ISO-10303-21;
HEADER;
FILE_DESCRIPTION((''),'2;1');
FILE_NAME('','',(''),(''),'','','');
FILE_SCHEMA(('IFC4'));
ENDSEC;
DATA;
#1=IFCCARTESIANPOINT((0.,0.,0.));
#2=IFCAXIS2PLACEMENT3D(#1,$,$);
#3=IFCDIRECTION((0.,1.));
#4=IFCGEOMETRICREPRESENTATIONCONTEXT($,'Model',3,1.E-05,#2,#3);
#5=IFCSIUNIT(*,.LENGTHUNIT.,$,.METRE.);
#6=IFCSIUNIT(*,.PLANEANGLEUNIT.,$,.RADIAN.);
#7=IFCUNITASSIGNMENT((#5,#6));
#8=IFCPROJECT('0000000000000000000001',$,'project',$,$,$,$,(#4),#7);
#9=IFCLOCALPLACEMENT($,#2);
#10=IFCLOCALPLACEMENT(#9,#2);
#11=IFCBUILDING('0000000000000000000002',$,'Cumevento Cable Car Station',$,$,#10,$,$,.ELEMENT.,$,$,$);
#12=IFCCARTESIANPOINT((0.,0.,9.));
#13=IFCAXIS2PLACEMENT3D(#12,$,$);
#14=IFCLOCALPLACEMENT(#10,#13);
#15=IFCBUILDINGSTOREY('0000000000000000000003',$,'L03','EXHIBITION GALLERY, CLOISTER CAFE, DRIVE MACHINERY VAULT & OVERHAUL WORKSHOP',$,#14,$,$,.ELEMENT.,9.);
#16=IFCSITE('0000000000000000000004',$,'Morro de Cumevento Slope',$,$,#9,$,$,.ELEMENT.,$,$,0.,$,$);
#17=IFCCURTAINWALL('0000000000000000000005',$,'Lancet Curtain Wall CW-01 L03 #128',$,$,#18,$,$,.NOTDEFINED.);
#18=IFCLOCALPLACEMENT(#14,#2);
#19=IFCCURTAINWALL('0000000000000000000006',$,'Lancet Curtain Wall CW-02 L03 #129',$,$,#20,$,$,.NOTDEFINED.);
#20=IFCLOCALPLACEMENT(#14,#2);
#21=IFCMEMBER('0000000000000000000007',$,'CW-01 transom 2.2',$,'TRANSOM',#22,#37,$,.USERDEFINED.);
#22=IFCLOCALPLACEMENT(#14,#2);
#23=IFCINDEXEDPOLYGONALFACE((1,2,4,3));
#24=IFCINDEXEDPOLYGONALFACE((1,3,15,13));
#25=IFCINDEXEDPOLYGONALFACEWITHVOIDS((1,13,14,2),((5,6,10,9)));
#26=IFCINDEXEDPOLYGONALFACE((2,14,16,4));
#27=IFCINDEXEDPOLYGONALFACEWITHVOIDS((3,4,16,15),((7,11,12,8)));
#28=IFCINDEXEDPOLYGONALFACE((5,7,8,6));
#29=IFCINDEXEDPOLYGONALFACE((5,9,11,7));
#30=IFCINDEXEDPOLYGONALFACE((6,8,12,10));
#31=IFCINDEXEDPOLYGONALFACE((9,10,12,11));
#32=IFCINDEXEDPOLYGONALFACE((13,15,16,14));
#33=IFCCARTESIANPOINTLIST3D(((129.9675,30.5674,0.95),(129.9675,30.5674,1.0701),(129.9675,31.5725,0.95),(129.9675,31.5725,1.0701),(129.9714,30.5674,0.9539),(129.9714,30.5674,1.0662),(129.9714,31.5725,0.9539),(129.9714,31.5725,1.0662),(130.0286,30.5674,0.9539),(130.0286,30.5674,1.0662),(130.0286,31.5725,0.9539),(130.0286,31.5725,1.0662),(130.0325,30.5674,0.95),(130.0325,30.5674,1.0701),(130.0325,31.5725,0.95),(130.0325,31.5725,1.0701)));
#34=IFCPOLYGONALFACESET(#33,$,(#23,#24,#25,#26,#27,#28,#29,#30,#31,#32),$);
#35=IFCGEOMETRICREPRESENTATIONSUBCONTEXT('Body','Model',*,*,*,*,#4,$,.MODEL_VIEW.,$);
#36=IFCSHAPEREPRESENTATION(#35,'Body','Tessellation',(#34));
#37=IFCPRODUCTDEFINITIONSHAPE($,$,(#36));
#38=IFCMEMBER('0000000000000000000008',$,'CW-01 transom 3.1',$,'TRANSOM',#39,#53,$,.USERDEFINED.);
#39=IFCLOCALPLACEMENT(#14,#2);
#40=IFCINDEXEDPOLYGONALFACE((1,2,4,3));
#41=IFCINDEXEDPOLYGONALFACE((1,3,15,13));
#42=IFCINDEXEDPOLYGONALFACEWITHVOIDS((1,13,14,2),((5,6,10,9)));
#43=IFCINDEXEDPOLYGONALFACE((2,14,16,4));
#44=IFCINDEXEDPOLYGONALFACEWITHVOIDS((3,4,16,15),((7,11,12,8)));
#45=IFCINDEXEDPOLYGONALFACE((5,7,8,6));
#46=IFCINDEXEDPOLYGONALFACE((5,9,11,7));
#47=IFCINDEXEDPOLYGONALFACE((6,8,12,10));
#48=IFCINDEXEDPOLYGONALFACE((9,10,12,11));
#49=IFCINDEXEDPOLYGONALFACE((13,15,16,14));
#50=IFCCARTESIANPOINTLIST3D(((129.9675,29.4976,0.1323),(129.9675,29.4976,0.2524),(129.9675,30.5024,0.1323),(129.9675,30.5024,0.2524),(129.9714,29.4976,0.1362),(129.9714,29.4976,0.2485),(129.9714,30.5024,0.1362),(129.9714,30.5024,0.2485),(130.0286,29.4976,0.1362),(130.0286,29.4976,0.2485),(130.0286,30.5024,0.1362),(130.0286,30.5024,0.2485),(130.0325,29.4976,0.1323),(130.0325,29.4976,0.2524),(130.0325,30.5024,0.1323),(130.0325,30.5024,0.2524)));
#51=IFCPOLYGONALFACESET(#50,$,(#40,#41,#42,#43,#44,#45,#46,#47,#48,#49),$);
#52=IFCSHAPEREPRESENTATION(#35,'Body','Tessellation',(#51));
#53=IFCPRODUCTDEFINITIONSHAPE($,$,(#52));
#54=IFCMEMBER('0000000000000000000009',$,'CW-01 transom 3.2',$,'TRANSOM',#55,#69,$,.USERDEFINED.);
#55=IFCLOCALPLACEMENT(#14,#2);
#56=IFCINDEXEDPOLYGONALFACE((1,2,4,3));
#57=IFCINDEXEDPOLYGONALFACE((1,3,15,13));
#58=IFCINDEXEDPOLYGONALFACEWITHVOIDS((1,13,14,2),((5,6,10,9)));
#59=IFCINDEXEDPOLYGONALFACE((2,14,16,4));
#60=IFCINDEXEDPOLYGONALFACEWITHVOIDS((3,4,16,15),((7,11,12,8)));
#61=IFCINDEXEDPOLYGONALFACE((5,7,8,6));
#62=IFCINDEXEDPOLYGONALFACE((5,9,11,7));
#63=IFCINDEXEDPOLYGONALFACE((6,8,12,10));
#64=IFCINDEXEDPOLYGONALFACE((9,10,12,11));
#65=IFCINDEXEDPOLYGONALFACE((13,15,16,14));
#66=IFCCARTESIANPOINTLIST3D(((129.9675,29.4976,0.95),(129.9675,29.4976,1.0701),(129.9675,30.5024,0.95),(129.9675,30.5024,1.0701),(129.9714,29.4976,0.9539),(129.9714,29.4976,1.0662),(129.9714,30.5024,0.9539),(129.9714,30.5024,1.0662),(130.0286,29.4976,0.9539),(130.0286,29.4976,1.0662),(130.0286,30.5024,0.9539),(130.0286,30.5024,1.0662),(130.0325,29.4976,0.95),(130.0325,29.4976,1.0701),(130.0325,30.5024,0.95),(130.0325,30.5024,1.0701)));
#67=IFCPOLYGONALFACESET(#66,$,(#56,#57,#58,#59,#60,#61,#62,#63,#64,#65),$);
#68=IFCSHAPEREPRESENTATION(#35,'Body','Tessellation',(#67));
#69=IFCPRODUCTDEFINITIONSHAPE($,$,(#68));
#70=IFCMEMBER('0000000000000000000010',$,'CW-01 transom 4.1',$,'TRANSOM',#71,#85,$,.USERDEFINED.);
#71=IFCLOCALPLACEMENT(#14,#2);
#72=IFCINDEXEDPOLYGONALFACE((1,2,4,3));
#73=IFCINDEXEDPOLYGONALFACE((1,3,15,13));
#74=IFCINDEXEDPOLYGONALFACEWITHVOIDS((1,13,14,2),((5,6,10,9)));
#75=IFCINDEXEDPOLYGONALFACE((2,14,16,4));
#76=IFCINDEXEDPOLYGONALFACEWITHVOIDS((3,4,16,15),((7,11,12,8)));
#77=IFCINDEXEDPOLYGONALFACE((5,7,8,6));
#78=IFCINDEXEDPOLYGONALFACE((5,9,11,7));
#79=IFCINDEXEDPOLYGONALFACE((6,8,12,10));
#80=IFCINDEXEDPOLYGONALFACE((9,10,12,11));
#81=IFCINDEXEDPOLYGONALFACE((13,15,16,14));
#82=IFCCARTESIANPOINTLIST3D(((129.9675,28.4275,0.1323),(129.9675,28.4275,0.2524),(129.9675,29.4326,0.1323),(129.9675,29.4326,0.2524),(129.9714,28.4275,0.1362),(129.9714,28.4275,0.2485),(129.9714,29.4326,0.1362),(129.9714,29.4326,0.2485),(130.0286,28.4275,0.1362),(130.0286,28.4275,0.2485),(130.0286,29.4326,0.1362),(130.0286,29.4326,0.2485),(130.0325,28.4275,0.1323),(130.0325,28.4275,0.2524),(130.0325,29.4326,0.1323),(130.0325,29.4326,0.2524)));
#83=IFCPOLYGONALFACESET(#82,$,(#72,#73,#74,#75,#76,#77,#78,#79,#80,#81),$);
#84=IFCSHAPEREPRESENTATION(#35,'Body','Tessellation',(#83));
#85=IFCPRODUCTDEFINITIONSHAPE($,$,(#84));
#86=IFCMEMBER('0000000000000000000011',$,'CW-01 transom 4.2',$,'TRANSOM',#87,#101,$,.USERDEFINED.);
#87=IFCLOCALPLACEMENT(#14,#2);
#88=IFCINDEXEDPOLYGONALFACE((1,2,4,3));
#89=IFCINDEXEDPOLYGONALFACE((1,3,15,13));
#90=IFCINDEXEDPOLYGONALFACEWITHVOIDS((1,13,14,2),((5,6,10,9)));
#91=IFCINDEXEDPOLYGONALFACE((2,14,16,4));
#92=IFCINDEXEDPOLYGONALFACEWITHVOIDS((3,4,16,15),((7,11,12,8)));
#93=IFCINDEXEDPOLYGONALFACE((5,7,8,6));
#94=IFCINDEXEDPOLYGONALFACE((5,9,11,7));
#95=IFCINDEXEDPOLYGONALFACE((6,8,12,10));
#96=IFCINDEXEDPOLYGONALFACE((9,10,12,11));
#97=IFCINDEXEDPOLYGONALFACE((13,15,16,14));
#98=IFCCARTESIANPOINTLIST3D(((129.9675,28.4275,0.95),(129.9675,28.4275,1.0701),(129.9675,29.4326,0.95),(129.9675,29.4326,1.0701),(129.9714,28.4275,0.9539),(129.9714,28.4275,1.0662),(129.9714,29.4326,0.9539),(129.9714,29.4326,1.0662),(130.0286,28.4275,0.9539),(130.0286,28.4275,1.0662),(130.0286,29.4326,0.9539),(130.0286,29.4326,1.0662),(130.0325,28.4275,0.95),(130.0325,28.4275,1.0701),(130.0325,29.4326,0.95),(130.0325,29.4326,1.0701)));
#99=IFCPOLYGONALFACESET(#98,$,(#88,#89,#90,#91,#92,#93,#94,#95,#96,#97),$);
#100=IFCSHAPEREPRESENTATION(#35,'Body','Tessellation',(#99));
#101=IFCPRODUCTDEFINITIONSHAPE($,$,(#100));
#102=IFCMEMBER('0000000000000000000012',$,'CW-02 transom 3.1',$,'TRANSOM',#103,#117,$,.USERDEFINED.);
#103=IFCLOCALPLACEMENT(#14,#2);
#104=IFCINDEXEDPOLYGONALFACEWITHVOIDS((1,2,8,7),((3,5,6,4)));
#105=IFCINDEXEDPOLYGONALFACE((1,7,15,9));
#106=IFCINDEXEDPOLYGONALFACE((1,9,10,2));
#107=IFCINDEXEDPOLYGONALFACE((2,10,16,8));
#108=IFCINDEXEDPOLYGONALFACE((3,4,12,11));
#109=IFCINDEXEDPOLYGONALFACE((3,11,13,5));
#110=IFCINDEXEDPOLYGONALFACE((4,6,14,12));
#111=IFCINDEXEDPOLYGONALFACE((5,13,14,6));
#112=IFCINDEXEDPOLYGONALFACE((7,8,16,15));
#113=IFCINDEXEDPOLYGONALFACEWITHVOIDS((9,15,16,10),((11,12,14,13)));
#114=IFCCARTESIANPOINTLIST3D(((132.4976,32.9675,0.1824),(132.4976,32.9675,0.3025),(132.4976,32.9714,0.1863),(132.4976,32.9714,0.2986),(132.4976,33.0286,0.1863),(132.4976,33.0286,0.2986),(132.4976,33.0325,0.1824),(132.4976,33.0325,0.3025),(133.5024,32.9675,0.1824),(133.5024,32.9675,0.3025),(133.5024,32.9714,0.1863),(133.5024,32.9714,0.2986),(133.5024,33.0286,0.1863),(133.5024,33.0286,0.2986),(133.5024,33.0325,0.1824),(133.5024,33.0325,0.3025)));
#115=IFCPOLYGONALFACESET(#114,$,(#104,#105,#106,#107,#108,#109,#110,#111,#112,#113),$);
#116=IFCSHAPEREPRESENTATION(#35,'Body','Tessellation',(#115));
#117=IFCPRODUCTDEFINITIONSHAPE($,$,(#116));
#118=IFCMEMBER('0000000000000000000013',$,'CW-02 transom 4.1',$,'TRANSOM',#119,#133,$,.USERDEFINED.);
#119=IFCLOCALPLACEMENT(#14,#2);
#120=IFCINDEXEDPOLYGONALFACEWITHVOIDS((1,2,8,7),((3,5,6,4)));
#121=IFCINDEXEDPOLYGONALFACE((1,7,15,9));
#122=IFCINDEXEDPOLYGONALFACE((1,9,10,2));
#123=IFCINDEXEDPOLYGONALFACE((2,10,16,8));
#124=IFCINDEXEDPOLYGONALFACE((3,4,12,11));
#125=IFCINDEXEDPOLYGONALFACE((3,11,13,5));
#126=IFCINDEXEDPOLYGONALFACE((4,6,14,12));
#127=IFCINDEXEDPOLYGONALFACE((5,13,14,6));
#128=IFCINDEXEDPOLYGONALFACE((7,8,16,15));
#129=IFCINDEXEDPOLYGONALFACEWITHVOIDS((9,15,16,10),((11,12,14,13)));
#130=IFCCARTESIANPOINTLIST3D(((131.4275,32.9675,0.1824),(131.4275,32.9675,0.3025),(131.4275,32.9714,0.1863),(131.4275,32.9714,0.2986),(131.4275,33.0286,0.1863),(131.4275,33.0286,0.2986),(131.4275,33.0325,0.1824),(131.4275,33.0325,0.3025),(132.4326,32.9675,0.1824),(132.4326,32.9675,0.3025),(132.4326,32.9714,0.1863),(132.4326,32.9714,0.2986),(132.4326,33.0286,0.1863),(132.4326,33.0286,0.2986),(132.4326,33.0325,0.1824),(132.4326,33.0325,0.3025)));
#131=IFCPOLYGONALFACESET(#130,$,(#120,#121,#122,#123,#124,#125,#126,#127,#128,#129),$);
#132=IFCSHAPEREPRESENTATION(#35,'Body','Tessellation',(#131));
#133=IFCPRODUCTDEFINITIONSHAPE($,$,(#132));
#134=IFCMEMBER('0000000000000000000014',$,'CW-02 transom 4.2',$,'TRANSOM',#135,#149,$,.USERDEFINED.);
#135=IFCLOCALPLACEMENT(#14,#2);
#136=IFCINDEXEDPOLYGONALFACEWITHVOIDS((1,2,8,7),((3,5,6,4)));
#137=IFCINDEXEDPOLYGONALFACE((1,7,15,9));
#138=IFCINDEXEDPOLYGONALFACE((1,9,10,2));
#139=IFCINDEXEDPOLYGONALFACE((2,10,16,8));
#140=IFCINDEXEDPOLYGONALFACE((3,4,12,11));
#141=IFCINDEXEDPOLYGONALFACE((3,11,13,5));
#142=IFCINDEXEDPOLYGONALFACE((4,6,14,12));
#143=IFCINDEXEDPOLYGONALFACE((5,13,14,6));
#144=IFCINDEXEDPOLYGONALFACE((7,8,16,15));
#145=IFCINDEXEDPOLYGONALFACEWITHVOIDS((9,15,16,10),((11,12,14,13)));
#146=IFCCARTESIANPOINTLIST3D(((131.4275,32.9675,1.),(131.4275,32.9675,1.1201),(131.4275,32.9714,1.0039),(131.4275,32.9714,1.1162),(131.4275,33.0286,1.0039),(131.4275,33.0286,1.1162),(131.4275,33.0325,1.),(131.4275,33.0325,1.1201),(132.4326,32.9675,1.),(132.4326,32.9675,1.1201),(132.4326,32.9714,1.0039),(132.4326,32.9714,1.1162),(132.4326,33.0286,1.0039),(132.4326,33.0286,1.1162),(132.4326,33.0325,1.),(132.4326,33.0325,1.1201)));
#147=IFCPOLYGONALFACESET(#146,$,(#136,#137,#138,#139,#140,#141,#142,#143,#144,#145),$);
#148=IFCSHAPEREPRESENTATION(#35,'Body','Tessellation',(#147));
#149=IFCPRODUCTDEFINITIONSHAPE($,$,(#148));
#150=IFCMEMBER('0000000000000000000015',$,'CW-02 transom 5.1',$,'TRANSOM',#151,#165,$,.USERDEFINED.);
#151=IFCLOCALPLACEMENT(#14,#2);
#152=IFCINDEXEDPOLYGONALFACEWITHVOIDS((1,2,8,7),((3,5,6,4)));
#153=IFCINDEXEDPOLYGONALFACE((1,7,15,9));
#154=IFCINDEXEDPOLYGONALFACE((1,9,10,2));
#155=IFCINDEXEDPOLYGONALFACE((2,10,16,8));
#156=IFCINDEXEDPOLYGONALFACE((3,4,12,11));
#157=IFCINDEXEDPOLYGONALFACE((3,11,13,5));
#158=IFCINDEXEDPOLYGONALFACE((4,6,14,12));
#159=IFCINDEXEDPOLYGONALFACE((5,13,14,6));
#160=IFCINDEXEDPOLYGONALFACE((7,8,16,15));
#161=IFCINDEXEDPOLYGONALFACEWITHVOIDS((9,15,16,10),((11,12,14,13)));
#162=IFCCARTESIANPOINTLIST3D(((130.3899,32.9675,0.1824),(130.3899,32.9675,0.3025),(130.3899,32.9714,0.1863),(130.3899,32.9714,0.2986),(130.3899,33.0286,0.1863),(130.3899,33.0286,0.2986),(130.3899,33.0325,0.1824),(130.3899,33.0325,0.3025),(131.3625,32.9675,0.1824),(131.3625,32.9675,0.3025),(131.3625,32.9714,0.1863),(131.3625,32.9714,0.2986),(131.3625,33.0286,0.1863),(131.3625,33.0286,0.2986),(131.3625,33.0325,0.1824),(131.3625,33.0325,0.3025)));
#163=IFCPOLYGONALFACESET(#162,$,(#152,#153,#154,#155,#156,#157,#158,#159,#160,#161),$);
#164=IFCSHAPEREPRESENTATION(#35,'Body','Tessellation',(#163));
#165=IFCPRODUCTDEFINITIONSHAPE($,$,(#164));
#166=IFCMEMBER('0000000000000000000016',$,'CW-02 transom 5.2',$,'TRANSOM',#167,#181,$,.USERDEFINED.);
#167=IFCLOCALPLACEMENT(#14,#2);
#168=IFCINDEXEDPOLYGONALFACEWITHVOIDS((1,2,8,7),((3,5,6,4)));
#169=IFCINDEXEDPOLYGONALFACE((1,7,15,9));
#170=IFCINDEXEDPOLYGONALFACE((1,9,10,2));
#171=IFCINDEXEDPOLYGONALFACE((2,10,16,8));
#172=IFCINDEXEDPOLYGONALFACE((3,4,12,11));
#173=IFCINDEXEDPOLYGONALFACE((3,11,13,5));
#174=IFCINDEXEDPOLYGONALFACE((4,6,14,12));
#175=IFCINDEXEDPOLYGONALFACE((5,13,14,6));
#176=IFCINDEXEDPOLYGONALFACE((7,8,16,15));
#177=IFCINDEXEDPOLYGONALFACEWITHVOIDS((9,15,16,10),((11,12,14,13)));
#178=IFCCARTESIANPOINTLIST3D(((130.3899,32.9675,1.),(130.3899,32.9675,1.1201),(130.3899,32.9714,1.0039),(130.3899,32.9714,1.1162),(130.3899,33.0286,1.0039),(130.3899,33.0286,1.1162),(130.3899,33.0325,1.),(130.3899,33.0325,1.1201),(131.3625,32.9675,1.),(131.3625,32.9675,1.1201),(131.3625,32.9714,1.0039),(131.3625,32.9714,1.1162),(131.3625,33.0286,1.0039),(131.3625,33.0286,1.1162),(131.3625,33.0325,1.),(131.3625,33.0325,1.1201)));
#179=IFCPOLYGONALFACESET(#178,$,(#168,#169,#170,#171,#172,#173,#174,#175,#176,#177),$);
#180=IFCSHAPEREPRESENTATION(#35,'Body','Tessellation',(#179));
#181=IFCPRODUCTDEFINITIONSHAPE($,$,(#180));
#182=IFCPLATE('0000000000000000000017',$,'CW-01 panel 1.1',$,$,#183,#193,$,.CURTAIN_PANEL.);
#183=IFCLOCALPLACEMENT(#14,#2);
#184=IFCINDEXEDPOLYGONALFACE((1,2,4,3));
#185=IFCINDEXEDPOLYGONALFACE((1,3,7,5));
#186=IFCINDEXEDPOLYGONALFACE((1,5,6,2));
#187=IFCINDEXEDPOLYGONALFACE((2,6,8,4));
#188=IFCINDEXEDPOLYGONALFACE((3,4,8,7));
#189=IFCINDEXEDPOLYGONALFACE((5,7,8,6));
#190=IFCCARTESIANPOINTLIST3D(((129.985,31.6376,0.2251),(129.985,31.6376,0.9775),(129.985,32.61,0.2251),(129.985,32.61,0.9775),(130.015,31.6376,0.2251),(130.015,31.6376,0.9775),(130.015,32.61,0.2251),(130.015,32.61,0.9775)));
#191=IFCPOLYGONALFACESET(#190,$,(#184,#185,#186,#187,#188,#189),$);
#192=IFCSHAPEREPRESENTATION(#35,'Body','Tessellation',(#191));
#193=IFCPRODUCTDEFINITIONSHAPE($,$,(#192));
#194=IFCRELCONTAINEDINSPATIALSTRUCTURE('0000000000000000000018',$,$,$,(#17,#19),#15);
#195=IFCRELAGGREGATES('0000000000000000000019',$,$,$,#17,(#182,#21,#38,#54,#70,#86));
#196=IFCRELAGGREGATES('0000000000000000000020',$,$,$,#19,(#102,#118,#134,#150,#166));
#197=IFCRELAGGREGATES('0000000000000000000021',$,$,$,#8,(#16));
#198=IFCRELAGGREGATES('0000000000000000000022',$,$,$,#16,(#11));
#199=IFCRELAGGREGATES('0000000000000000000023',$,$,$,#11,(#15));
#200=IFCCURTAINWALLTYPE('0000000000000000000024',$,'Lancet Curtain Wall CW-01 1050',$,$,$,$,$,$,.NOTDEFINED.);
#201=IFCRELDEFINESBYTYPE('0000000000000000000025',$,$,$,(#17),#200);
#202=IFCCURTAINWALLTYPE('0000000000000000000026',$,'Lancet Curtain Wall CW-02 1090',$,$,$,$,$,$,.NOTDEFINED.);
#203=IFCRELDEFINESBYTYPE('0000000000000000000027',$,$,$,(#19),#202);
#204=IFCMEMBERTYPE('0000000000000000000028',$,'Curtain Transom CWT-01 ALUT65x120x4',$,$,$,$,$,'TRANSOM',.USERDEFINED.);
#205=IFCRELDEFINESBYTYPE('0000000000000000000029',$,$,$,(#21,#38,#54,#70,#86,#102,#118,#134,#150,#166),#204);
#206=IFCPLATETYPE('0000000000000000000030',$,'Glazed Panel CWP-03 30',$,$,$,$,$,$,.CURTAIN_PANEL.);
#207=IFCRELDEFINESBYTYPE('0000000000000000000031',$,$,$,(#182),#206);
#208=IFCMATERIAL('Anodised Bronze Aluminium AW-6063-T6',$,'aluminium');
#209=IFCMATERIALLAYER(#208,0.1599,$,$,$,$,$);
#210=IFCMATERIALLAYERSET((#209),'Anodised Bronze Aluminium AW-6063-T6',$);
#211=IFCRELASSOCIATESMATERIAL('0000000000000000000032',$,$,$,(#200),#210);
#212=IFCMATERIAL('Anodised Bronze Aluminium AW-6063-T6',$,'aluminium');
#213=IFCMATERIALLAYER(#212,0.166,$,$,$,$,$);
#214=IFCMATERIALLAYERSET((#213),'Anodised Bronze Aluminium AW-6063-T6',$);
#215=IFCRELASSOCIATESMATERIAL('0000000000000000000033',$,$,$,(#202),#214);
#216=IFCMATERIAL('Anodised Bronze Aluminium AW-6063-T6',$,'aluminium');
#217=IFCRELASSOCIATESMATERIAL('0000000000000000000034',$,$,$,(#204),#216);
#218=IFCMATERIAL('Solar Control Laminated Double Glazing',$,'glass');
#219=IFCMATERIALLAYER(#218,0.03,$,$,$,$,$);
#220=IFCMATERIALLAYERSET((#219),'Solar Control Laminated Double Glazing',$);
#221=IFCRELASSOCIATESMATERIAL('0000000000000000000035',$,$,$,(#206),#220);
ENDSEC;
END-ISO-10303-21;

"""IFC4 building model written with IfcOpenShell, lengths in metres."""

from ifc_helpers import new_model, si_unit, direction, frame, origin, origin_2d, place, context, subcontext, project, spatial, rectangle, hollow_rectangle, extrude, material, layer, layer_set, material_profile, profile_set, type_object, element, aggregate, save


model = new_model("IFC4")

# Units and contexts
model_context = context("Model", 3, precision=1e-05, world=origin(), true_north=direction((0.0, 1.0)))
body_context = subcontext(model_context, "Body", "Model", "MODEL_VIEW")
ifc_project = project(units=[si_unit("LENGTHUNIT", "METRE"), si_unit("PLANEANGLEUNIT", "RADIAN")], contexts=[model_context])

# Site, building, storey
site_placement = place(None, origin())
site = spatial("IfcSite", under=ifc_project, at=site_placement, Name="Morro de Cumevento Slope", CompositionType="ELEMENT", RefElevation=0.0)
building_placement = place(site_placement, origin())
building = spatial("IfcBuilding", under=site, at=building_placement, Name="Cumevento Cable Car Station", CompositionType="ELEMENT")
storey_placement = place(building_placement, frame((0.0, 0.0, 9.0)))
storey = spatial("IfcBuildingStorey", under=building, at=storey_placement, Name="L03", Description="EXHIBITION GALLERY, CLOISTER CAFE, DRIVE MACHINERY VAULT & OVERHAUL WORKSHOP", CompositionType="ELEMENT", Elevation=9.0)

# Curtain walls
ifc_material_1 = material(Name="Anodised Bronze Aluminium AW-6063-T6", Category="aluminium")
ifc_layer_1 = layer(ifc_material_1, 0.1599)
ifc_layer_set_1 = layer_set([ifc_layer_1], Name="Anodised Bronze Aluminium AW-6063-T6")
curtain_wall_type_1 = type_object("IfcCurtainWallType", Name="Lancet Curtain Wall CW-01 1050", PredefinedType="NOTDEFINED", material=ifc_layer_set_1)
curtain_wall_1_placement = place(storey_placement, origin())
curtain_wall_1 = element("IfcCurtainWall", 1, at=curtain_wall_1_placement, inside=storey, type_object=curtain_wall_type_1, Name="Lancet Curtain Wall CW-01 L03 #128", PredefinedType="NOTDEFINED")
ifc_material_2 = material(Name="Anodised Bronze Aluminium AW-6063-T6", Category="aluminium")
ifc_layer_2 = layer(ifc_material_2, 0.166)
ifc_layer_set_2 = layer_set([ifc_layer_2], Name="Anodised Bronze Aluminium AW-6063-T6")
curtain_wall_type_2 = type_object("IfcCurtainWallType", Name="Lancet Curtain Wall CW-02 1090", PredefinedType="NOTDEFINED", material=ifc_layer_set_2)
curtain_wall_2_placement = place(storey_placement, origin())
curtain_wall_2 = element("IfcCurtainWall", 2, at=curtain_wall_2_placement, inside=storey, type_object=curtain_wall_type_2, Name="Lancet Curtain Wall CW-02 L03 #129", PredefinedType="NOTDEFINED")

# Members
ifc_material_3 = material(Name="Anodised Bronze Aluminium AW-6063-T6", Category="aluminium")
ifc_material_profile_1 = material_profile(ifc_material_3, hollow_rectangle(XDim=0.0649, YDim=0.1201, WallThickness=0.0039, at=origin_2d()), Name="ALUT65x120x4")
ifc_profile_set_1 = profile_set([ifc_material_profile_1], Name="Anodised Bronze Aluminium AW-6063-T6")
member_type_1 = type_object("IfcMemberType", Name="Curtain Transom CWT-01 ALUT65x120x4", ElementType="TRANSOM", PredefinedType="USERDEFINED", material=ifc_profile_set_1)
member_1_placement = place(storey_placement, frame((130.0, 31.5725, 1.01), z_axis=(0.0, -1.0, 0.0), x_axis=(1.0, 0.0, 0.0)))
member_1 = element("IfcMember", 3, at=member_1_placement, type_object=member_type_1, Name="CW-01 transom 2.2", ObjectType="TRANSOM", PredefinedType="USERDEFINED", context=body_context, shape_type="SweptSolid", body=[
    extrude(hollow_rectangle(XDim=0.0649, YDim=0.1201, WallThickness=0.0039, at=origin_2d()), origin(), (0.0, 0.0, 1.0), 1.0051),
])
member_2_placement = place(storey_placement, frame((130.0, 30.5024, 0.1924), z_axis=(0.0, -1.0, 0.0), x_axis=(1.0, 0.0, 0.0)))
member_2 = element("IfcMember", 4, at=member_2_placement, type_object=member_type_1, Name="CW-01 transom 3.1", ObjectType="TRANSOM", PredefinedType="USERDEFINED", context=body_context, shape_type="SweptSolid", body=[
    extrude(hollow_rectangle(XDim=0.0649, YDim=0.1201, WallThickness=0.0039, at=origin_2d()), origin(), (0.0, 0.0, 1.0), 1.0049),
])
member_3_placement = place(storey_placement, frame((130.0, 30.5024, 1.01), z_axis=(0.0, -1.0, 0.0), x_axis=(1.0, 0.0, 0.0)))
member_3 = element("IfcMember", 5, at=member_3_placement, type_object=member_type_1, Name="CW-01 transom 3.2", ObjectType="TRANSOM", PredefinedType="USERDEFINED", context=body_context, shape_type="SweptSolid", body=[
    extrude(hollow_rectangle(XDim=0.0649, YDim=0.1201, WallThickness=0.0039, at=origin_2d()), origin(), (0.0, 0.0, 1.0), 1.0049),
])
member_4_placement = place(storey_placement, frame((130.0, 29.4326, 0.1924), z_axis=(0.0, -1.0, 0.0), x_axis=(1.0, 0.0, 0.0)))
member_4 = element("IfcMember", 6, at=member_4_placement, type_object=member_type_1, Name="CW-01 transom 4.1", ObjectType="TRANSOM", PredefinedType="USERDEFINED", context=body_context, shape_type="SweptSolid", body=[
    extrude(hollow_rectangle(XDim=0.0649, YDim=0.1201, WallThickness=0.0039, at=origin_2d()), origin(), (0.0, 0.0, 1.0), 1.0051),
])
member_5_placement = place(storey_placement, frame((130.0, 29.4326, 1.01), z_axis=(0.0, -1.0, 0.0), x_axis=(1.0, 0.0, 0.0)))
member_5 = element("IfcMember", 7, at=member_5_placement, type_object=member_type_1, Name="CW-01 transom 4.2", ObjectType="TRANSOM", PredefinedType="USERDEFINED", context=body_context, shape_type="SweptSolid", body=[
    extrude(hollow_rectangle(XDim=0.0649, YDim=0.1201, WallThickness=0.0039, at=origin_2d()), origin(), (0.0, 0.0, 1.0), 1.0051),
])
member_6_placement = place(storey_placement, frame((133.5024, 33.0, 0.2424), z_axis=(-1.0, 0.0, 0.0), x_axis=(0.0, -1.0, 0.0)))
member_6 = element("IfcMember", 8, at=member_6_placement, type_object=member_type_1, Name="CW-02 transom 3.1", ObjectType="TRANSOM", PredefinedType="USERDEFINED", context=body_context, shape_type="SweptSolid", body=[
    extrude(hollow_rectangle(XDim=0.0649, YDim=0.1201, WallThickness=0.0039, at=origin_2d()), origin(), (0.0, 0.0, 1.0), 1.0049),
])
member_7_placement = place(storey_placement, frame((132.4326, 33.0, 0.2424), z_axis=(-1.0, 0.0, 0.0), x_axis=(0.0, -1.0, 0.0)))
member_7 = element("IfcMember", 9, at=member_7_placement, type_object=member_type_1, Name="CW-02 transom 4.1", ObjectType="TRANSOM", PredefinedType="USERDEFINED", context=body_context, shape_type="SweptSolid", body=[
    extrude(hollow_rectangle(XDim=0.0649, YDim=0.1201, WallThickness=0.0039, at=origin_2d()), origin(), (0.0, 0.0, 1.0), 1.0051),
])
member_8_placement = place(storey_placement, frame((132.4326, 33.0, 1.0601), z_axis=(-1.0, 0.0, 0.0), x_axis=(0.0, -1.0, 0.0)))
member_8 = element("IfcMember", 10, at=member_8_placement, type_object=member_type_1, Name="CW-02 transom 4.2", ObjectType="TRANSOM", PredefinedType="USERDEFINED", context=body_context, shape_type="SweptSolid", body=[
    extrude(hollow_rectangle(XDim=0.0649, YDim=0.1201, WallThickness=0.0039, at=origin_2d()), origin(), (0.0, 0.0, 1.0), 1.0051),
])
member_9_placement = place(storey_placement, frame((131.3625, 33.0, 0.2424), z_axis=(-1.0, 0.0, 0.0), x_axis=(0.0, -1.0, 0.0)))
member_9 = element("IfcMember", 11, at=member_9_placement, type_object=member_type_1, Name="CW-02 transom 5.1", ObjectType="TRANSOM", PredefinedType="USERDEFINED", context=body_context, shape_type="SweptSolid", body=[
    extrude(hollow_rectangle(XDim=0.0649, YDim=0.1201, WallThickness=0.0039, at=origin_2d()), origin(), (0.0, 0.0, 1.0), 0.9727),
])
member_10_placement = place(storey_placement, frame((131.3625, 33.0, 1.0601), z_axis=(-1.0, 0.0, 0.0), x_axis=(0.0, -1.0, 0.0)))
member_10 = element("IfcMember", 12, at=member_10_placement, type_object=member_type_1, Name="CW-02 transom 5.2", ObjectType="TRANSOM", PredefinedType="USERDEFINED", context=body_context, shape_type="SweptSolid", body=[
    extrude(hollow_rectangle(XDim=0.0649, YDim=0.1201, WallThickness=0.0039, at=origin_2d()), origin(), (0.0, 0.0, 1.0), 0.9727),
])

# Plate
ifc_material_4 = material(Name="Solar Control Laminated Double Glazing", Category="glass")
ifc_layer_3 = layer(ifc_material_4, 0.03)
ifc_layer_set_3 = layer_set([ifc_layer_3], Name="Solar Control Laminated Double Glazing")
plate_type_1 = type_object("IfcPlateType", Name="Glazed Panel CWP-03 30", PredefinedType="CURTAIN_PANEL", material=ifc_layer_set_3)
plate_1_placement = place(storey_placement, frame((130.0, 32.1238, 0.2251), z_axis=(0.0, 0.0, 1.0), x_axis=(0.0, -1.0, 0.0)))
plate_1 = element("IfcPlate", 13, at=plate_1_placement, type_object=plate_type_1, Name="CW-01 panel 1.1", PredefinedType="CURTAIN_PANEL", context=body_context, shape_type="SweptSolid", body=[
    extrude(rectangle(XDim=0.9724, YDim=0.03, at=origin_2d()), origin(), (0.0, 0.0, 1.0), 0.7524),
])
aggregate(curtain_wall_1, [plate_1, member_1, member_2, member_3, member_4, member_5])
aggregate(curtain_wall_2, [member_6, member_7, member_8, member_9, member_10])

save(model, "model.ifc")
